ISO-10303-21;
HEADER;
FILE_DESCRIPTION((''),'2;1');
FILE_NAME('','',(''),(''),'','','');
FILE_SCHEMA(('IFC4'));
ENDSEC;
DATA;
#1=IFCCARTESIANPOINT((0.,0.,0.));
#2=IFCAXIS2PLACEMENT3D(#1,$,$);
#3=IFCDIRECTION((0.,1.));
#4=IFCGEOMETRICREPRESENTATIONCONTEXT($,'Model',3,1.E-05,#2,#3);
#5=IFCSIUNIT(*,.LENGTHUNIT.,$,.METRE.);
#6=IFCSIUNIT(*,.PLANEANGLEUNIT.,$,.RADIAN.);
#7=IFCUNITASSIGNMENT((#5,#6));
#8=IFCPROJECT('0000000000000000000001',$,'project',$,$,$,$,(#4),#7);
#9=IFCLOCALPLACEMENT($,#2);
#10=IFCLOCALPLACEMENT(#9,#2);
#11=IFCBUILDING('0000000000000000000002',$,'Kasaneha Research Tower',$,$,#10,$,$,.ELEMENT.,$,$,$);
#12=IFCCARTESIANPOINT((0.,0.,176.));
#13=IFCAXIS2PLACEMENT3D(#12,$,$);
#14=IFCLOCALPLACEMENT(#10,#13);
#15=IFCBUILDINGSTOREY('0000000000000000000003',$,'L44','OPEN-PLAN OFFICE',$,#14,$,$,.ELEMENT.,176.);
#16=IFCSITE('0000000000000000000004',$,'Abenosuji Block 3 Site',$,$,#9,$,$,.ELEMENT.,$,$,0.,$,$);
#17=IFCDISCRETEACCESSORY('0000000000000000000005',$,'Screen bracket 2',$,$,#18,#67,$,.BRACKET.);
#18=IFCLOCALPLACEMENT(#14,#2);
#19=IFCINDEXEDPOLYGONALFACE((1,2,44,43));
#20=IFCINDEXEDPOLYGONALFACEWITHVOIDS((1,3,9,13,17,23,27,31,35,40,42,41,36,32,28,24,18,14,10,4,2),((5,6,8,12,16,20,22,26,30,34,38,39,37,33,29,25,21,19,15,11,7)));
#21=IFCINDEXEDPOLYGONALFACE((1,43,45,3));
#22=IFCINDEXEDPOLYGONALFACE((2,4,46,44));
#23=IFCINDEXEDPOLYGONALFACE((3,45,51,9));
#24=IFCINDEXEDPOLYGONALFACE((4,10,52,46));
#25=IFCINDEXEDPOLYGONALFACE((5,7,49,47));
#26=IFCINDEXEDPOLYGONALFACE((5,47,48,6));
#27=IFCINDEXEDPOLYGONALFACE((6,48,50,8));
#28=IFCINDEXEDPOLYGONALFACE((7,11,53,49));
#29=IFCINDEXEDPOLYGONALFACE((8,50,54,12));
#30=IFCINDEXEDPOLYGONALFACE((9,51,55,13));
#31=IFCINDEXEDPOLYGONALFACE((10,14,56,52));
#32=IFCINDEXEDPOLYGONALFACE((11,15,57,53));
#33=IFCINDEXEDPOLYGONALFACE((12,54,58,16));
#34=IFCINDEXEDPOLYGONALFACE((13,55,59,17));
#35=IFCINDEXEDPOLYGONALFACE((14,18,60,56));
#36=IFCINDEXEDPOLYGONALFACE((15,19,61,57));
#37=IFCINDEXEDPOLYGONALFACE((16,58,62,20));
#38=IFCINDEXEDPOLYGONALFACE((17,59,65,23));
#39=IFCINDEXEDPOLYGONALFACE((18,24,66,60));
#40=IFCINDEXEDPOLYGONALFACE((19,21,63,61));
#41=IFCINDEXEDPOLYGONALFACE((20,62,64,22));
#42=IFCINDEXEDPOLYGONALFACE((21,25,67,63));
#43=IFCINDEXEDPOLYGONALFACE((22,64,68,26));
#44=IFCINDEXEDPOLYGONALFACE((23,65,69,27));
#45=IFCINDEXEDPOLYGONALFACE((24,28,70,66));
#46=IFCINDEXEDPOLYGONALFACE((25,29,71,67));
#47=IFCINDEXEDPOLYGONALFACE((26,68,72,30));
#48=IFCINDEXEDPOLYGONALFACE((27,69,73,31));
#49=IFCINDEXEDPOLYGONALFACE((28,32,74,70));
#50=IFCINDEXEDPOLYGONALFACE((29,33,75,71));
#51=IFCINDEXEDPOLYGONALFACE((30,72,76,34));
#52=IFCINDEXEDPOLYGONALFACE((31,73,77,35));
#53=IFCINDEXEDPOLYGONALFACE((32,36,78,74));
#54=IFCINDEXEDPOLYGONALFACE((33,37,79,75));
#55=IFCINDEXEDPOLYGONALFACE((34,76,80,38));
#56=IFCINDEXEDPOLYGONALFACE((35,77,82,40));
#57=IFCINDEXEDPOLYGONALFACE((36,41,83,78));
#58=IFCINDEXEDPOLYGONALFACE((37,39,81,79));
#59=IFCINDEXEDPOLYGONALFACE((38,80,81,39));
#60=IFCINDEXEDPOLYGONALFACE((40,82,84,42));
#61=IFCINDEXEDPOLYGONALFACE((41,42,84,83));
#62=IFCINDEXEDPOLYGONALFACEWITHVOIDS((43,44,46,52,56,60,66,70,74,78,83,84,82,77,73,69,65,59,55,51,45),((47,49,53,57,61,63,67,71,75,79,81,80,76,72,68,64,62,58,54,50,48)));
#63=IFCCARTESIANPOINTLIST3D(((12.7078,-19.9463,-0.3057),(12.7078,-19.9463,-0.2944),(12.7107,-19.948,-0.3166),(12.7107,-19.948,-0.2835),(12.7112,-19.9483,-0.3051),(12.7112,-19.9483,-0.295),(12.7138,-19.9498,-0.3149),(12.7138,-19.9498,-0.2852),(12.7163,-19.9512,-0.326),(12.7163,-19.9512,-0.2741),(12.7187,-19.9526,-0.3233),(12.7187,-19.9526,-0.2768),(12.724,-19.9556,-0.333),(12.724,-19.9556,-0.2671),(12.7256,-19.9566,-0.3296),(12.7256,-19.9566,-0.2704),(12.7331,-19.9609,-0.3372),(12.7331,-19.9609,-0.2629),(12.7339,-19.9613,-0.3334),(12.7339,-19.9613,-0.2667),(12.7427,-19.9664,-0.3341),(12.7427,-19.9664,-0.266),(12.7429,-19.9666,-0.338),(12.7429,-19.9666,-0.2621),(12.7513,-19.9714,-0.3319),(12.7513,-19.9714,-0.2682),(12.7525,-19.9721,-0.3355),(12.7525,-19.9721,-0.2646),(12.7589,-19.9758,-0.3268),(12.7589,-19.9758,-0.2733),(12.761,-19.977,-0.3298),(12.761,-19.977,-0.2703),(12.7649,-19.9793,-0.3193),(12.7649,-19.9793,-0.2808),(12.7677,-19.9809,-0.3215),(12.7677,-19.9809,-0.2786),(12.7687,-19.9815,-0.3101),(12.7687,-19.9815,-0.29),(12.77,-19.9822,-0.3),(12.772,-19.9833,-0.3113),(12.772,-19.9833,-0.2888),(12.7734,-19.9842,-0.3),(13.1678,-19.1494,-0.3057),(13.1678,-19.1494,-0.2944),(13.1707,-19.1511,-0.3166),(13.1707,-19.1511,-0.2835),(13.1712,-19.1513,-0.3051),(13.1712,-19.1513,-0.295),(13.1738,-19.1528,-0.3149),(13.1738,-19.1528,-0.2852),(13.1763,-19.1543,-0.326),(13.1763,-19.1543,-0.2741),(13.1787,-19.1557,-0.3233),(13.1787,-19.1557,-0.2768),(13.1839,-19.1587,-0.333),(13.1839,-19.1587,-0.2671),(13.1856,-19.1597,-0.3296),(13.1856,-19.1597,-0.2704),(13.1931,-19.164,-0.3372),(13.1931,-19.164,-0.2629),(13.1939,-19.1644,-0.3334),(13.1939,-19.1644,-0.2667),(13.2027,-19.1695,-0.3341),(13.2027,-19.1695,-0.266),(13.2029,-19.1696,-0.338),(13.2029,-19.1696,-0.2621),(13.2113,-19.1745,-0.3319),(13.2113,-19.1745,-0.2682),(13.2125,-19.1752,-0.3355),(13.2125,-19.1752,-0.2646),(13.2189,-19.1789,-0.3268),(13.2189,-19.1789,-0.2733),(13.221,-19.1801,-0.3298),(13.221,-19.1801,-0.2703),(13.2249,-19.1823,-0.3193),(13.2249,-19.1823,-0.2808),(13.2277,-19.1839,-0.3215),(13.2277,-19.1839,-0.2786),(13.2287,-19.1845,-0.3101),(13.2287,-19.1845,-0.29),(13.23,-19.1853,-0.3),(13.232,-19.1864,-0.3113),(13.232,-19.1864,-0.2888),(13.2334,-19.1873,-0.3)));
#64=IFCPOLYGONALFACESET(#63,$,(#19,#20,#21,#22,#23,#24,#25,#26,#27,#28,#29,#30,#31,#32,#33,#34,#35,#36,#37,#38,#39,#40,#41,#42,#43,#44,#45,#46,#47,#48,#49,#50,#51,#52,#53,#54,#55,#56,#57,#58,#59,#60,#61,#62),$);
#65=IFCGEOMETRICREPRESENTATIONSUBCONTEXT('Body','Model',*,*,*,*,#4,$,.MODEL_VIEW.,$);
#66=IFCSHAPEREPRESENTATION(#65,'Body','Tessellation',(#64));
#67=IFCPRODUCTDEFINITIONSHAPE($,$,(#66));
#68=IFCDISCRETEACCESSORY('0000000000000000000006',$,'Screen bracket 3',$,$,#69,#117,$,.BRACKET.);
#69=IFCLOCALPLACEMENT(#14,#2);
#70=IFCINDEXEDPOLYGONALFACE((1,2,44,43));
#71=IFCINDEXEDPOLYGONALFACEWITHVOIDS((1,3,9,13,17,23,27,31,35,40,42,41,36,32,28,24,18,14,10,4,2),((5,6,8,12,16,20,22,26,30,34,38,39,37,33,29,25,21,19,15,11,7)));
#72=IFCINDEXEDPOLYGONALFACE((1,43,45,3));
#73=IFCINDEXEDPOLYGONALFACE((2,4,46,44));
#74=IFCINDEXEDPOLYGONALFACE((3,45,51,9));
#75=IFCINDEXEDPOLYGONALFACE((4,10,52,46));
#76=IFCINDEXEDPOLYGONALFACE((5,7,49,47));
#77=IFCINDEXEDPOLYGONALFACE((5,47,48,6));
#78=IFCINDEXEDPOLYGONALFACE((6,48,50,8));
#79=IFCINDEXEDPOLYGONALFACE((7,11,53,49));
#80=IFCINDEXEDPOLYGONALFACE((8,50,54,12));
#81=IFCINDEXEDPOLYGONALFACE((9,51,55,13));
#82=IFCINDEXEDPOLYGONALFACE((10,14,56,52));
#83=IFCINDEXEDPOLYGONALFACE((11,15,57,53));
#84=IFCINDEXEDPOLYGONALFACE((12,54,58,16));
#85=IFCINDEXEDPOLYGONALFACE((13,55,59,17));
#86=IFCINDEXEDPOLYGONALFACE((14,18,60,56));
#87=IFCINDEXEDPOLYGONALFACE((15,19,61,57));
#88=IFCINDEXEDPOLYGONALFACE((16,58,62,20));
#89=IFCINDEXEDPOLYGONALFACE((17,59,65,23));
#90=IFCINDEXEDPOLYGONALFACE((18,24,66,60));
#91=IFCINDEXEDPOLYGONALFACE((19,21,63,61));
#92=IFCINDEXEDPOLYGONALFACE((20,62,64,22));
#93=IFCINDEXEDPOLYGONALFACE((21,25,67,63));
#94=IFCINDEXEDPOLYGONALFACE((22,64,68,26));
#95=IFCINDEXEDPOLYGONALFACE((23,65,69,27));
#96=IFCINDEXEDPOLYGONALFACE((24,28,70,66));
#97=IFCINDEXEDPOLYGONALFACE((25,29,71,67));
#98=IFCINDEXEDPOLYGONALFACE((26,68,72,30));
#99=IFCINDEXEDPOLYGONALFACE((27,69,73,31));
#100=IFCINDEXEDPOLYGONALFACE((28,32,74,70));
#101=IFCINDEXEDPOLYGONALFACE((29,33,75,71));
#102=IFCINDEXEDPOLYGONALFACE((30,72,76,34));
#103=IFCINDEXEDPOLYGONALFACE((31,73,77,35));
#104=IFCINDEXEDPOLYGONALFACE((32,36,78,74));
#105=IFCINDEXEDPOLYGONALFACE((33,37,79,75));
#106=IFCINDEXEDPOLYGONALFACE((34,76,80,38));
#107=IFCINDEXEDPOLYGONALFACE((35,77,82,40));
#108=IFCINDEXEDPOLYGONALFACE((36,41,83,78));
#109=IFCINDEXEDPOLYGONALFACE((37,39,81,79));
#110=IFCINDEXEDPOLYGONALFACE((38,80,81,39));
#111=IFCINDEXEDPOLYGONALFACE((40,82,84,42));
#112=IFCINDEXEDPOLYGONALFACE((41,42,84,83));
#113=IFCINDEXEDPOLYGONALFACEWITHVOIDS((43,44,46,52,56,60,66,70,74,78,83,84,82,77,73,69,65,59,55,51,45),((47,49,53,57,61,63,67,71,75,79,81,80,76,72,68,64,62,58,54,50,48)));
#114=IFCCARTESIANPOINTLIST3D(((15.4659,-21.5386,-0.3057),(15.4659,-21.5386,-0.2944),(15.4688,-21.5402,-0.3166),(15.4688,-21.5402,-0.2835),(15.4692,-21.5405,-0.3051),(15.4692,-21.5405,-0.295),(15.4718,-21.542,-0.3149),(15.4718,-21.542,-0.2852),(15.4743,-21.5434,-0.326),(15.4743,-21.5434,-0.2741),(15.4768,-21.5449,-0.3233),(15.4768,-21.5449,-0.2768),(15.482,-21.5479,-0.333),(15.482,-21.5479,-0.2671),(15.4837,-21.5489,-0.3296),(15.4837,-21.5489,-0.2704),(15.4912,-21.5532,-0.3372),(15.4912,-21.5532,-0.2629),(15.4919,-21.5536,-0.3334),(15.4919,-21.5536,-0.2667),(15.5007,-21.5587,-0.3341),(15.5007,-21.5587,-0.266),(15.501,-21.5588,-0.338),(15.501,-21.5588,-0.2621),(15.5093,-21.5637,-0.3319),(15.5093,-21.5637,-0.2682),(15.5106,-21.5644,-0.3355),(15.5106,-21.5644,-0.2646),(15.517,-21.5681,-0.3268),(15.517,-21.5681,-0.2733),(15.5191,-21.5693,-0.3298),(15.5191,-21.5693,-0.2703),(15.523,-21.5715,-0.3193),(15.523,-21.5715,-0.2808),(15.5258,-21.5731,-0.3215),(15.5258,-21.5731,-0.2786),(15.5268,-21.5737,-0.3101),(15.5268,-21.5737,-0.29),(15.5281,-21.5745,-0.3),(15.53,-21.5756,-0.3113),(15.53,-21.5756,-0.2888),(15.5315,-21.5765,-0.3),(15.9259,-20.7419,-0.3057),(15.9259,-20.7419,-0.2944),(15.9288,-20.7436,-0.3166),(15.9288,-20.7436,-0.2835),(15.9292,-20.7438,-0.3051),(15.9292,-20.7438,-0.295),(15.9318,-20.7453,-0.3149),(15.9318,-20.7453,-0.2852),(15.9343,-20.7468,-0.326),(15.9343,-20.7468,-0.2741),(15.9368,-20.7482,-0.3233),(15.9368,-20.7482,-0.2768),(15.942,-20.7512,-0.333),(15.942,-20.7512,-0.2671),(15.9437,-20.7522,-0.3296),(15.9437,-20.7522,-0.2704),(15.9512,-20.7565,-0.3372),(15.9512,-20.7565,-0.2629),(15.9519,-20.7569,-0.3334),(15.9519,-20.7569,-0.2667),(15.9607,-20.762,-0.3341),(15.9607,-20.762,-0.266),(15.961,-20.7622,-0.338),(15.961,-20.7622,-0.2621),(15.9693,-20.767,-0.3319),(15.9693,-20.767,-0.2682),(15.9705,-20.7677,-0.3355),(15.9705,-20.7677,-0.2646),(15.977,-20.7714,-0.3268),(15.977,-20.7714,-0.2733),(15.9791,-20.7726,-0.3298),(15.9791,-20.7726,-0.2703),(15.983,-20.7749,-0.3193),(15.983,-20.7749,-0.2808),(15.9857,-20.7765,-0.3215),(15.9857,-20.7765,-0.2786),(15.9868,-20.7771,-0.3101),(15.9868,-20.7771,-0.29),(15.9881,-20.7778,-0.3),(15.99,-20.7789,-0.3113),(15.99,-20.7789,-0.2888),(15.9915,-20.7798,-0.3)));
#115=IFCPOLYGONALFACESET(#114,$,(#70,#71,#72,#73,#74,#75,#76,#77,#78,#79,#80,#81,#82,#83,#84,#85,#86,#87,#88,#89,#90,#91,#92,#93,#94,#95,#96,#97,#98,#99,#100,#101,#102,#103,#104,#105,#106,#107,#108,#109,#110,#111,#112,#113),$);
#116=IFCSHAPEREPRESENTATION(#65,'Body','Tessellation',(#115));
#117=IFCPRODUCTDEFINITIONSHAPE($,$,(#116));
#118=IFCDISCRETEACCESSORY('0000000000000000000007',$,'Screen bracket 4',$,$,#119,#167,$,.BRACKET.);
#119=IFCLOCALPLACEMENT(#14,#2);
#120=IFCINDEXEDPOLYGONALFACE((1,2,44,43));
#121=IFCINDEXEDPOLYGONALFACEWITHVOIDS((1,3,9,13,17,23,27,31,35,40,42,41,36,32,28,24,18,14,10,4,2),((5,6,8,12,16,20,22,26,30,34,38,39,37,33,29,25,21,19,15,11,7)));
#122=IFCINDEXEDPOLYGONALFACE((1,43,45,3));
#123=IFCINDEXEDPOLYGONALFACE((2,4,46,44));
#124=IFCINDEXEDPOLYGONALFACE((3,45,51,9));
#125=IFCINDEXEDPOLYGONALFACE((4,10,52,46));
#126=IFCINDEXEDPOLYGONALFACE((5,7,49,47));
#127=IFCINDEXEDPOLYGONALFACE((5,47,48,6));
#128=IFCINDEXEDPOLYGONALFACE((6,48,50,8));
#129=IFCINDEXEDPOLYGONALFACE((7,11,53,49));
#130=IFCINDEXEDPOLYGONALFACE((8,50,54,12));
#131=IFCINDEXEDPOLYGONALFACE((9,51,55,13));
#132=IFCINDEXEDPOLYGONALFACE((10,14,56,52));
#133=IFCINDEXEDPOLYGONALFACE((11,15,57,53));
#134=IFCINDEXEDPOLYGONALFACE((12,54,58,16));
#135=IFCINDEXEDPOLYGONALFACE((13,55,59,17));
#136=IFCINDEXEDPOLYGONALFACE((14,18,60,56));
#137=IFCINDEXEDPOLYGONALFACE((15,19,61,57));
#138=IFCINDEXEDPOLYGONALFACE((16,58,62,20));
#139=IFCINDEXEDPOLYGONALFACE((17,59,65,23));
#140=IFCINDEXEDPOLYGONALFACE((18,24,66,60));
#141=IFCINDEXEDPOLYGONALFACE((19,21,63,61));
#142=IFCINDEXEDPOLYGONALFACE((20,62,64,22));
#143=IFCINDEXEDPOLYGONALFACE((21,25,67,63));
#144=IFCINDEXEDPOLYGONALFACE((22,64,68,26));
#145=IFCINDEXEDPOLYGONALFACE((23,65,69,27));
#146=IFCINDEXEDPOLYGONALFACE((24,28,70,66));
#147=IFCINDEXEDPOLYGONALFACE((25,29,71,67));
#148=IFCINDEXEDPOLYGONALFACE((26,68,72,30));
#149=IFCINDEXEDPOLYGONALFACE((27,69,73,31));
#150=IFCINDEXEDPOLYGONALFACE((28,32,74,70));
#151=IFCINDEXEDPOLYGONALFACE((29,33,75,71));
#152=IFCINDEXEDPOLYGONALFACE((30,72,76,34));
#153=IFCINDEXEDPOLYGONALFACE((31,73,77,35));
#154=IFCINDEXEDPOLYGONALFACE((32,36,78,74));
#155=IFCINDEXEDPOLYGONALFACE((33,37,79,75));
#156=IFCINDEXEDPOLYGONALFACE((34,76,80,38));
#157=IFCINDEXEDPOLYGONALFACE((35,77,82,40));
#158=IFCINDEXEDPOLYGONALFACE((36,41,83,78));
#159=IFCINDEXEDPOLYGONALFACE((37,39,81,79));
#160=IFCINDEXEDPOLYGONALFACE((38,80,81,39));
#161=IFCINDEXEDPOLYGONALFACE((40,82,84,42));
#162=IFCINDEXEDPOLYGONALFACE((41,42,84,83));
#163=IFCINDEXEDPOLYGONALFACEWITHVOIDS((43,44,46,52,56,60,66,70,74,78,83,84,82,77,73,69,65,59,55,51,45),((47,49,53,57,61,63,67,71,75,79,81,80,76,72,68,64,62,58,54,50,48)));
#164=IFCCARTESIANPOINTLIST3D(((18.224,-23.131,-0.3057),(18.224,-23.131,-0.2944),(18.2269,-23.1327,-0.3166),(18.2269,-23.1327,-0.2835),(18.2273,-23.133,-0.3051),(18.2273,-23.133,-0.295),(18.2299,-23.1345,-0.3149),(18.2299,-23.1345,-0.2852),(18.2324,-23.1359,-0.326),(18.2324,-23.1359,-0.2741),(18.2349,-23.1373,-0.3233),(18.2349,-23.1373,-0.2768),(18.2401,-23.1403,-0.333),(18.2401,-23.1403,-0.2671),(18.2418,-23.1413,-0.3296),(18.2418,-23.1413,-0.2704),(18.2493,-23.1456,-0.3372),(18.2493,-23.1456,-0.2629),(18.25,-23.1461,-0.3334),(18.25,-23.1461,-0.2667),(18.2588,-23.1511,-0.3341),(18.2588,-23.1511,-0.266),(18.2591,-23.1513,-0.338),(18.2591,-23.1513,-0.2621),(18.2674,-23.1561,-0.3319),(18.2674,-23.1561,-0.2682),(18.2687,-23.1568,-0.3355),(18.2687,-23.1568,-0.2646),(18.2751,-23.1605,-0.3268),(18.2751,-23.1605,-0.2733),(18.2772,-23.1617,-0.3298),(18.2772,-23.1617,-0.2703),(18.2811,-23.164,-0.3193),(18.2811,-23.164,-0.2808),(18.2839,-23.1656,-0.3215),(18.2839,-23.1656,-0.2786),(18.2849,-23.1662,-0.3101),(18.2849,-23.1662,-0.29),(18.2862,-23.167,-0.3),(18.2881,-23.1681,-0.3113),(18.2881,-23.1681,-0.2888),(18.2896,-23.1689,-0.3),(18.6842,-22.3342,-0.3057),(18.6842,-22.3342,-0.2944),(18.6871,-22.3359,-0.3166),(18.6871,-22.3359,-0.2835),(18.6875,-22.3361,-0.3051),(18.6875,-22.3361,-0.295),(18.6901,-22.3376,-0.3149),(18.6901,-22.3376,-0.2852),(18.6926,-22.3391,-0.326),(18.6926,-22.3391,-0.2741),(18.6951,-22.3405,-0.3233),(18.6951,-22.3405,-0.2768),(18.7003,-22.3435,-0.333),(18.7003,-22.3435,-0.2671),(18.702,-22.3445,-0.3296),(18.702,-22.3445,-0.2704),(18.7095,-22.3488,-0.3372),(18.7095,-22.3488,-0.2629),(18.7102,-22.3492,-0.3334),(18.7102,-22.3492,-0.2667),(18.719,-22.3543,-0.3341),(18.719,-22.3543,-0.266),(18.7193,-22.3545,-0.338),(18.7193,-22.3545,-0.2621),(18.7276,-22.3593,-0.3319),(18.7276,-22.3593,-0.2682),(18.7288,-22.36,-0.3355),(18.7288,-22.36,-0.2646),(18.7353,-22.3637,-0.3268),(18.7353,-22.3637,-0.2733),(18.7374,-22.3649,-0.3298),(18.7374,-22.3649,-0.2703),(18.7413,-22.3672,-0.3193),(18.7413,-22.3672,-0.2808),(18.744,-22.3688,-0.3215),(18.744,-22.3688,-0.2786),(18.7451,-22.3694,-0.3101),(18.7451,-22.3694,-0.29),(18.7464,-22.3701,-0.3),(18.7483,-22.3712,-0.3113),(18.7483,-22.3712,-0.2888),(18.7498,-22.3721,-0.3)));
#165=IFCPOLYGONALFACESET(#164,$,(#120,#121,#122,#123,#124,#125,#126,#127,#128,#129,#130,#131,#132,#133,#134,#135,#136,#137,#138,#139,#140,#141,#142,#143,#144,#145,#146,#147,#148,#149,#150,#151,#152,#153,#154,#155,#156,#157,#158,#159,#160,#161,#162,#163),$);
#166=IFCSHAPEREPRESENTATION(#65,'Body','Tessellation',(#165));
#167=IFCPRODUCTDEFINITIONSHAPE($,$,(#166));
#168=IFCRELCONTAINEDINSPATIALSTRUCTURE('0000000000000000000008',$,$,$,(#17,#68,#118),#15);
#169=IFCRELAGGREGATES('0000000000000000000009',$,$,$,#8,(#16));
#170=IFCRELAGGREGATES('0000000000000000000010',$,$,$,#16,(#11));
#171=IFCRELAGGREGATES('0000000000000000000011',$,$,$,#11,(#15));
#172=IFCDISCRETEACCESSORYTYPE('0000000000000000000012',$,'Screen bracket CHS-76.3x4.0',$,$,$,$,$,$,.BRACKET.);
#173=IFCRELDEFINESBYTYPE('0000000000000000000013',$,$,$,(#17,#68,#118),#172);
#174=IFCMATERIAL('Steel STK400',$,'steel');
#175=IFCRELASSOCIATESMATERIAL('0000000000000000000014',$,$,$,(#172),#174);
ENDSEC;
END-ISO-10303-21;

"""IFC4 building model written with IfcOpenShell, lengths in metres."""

from ifc_helpers import new_model, si_unit, direction, frame, origin, origin_2d, place, context, subcontext, project, spatial, hollow_circle, extrude, material, material_profile, profile_set, type_object, element, save


model = new_model("IFC4")

# Units and contexts
model_context = context("Model", 3, precision=1e-05, world=origin(), true_north=direction((0.0, 1.0)))
body_context = subcontext(model_context, "Body", "Model", "MODEL_VIEW")
ifc_project = project(units=[si_unit("LENGTHUNIT", "METRE"), si_unit("PLANEANGLEUNIT", "RADIAN")], contexts=[model_context])

# Site, building, storey
site_placement = place(None, origin())
site = spatial("IfcSite", under=ifc_project, at=site_placement, Name="Abenosuji Block 3 Site", CompositionType="ELEMENT", RefElevation=0.0)
building_placement = place(site_placement, origin())
building = spatial("IfcBuilding", under=site, at=building_placement, Name="Kasaneha Research Tower", CompositionType="ELEMENT")
storey_placement = place(building_placement, frame((0.0, 0.0, 176.0)))
storey = spatial("IfcBuildingStorey", under=building, at=storey_placement, Name="L44", Description="OPEN-PLAN OFFICE", CompositionType="ELEMENT", Elevation=176.0)

# Discrete accessories
ifc_material_1 = material(Name="Steel STK400", Category="steel")
ifc_material_profile_1 = material_profile(ifc_material_1, hollow_circle(Radius=0.0381, WallThickness=0.0039, at=origin_2d()), Name="CHS-76.3x4.0")
ifc_profile_set_1 = profile_set([ifc_material_profile_1], Name="Steel STK400")
discrete_accessory_type = type_object("IfcDiscreteAccessoryType", Name="Screen bracket CHS-76.3x4.0", PredefinedType="BRACKET", material=ifc_profile_set_1)
discrete_accessory_1_placement = place(storey_placement, frame((13.2004, -19.1682, -0.3), z_axis=(-0.499906, -0.86608, 0.0), x_axis=(0.86608, -0.499906, 0.0)))
element("IfcDiscreteAccessory", 1, at=discrete_accessory_1_placement, inside=storey, type_object=discrete_accessory_type, Name="Screen bracket 2", PredefinedType="BRACKET", context=body_context, shape_type="SweptSolid", body=[
    extrude(hollow_circle(Radius=0.0381, WallThickness=0.0039, at=origin_2d()), origin(), (0.0, 0.0, 1.0), 0.9202),
])
discrete_accessory_2_placement = place(storey_placement, frame((15.9585, -20.7607, -0.3), z_axis=(-0.500021, -0.866013, 0.0), x_axis=(0.866013, -0.500021, 0.0)))
element("IfcDiscreteAccessory", 2, at=discrete_accessory_2_placement, inside=storey, type_object=discrete_accessory_type, Name="Screen bracket 3", PredefinedType="BRACKET", context=body_context, shape_type="SweptSolid", body=[
    extrude(hollow_circle(Radius=0.0381, WallThickness=0.0039, at=origin_2d()), origin(), (0.0, 0.0, 1.0), 0.9199),
])
discrete_accessory_3_placement = place(storey_placement, frame((18.7168, -22.353, -0.3), z_axis=(-0.500105, -0.865965, 0.0), x_axis=(0.865965, -0.500105, 0.0)))
element("IfcDiscreteAccessory", 3, at=discrete_accessory_3_placement, inside=storey, type_object=discrete_accessory_type, Name="Screen bracket 4", PredefinedType="BRACKET", context=body_context, shape_type="SweptSolid", body=[
    extrude(hollow_circle(Radius=0.0381, WallThickness=0.0039, at=origin_2d()), origin(), (0.0, 0.0, 1.0), 0.9202),
])

save(model, "model.ifc")
